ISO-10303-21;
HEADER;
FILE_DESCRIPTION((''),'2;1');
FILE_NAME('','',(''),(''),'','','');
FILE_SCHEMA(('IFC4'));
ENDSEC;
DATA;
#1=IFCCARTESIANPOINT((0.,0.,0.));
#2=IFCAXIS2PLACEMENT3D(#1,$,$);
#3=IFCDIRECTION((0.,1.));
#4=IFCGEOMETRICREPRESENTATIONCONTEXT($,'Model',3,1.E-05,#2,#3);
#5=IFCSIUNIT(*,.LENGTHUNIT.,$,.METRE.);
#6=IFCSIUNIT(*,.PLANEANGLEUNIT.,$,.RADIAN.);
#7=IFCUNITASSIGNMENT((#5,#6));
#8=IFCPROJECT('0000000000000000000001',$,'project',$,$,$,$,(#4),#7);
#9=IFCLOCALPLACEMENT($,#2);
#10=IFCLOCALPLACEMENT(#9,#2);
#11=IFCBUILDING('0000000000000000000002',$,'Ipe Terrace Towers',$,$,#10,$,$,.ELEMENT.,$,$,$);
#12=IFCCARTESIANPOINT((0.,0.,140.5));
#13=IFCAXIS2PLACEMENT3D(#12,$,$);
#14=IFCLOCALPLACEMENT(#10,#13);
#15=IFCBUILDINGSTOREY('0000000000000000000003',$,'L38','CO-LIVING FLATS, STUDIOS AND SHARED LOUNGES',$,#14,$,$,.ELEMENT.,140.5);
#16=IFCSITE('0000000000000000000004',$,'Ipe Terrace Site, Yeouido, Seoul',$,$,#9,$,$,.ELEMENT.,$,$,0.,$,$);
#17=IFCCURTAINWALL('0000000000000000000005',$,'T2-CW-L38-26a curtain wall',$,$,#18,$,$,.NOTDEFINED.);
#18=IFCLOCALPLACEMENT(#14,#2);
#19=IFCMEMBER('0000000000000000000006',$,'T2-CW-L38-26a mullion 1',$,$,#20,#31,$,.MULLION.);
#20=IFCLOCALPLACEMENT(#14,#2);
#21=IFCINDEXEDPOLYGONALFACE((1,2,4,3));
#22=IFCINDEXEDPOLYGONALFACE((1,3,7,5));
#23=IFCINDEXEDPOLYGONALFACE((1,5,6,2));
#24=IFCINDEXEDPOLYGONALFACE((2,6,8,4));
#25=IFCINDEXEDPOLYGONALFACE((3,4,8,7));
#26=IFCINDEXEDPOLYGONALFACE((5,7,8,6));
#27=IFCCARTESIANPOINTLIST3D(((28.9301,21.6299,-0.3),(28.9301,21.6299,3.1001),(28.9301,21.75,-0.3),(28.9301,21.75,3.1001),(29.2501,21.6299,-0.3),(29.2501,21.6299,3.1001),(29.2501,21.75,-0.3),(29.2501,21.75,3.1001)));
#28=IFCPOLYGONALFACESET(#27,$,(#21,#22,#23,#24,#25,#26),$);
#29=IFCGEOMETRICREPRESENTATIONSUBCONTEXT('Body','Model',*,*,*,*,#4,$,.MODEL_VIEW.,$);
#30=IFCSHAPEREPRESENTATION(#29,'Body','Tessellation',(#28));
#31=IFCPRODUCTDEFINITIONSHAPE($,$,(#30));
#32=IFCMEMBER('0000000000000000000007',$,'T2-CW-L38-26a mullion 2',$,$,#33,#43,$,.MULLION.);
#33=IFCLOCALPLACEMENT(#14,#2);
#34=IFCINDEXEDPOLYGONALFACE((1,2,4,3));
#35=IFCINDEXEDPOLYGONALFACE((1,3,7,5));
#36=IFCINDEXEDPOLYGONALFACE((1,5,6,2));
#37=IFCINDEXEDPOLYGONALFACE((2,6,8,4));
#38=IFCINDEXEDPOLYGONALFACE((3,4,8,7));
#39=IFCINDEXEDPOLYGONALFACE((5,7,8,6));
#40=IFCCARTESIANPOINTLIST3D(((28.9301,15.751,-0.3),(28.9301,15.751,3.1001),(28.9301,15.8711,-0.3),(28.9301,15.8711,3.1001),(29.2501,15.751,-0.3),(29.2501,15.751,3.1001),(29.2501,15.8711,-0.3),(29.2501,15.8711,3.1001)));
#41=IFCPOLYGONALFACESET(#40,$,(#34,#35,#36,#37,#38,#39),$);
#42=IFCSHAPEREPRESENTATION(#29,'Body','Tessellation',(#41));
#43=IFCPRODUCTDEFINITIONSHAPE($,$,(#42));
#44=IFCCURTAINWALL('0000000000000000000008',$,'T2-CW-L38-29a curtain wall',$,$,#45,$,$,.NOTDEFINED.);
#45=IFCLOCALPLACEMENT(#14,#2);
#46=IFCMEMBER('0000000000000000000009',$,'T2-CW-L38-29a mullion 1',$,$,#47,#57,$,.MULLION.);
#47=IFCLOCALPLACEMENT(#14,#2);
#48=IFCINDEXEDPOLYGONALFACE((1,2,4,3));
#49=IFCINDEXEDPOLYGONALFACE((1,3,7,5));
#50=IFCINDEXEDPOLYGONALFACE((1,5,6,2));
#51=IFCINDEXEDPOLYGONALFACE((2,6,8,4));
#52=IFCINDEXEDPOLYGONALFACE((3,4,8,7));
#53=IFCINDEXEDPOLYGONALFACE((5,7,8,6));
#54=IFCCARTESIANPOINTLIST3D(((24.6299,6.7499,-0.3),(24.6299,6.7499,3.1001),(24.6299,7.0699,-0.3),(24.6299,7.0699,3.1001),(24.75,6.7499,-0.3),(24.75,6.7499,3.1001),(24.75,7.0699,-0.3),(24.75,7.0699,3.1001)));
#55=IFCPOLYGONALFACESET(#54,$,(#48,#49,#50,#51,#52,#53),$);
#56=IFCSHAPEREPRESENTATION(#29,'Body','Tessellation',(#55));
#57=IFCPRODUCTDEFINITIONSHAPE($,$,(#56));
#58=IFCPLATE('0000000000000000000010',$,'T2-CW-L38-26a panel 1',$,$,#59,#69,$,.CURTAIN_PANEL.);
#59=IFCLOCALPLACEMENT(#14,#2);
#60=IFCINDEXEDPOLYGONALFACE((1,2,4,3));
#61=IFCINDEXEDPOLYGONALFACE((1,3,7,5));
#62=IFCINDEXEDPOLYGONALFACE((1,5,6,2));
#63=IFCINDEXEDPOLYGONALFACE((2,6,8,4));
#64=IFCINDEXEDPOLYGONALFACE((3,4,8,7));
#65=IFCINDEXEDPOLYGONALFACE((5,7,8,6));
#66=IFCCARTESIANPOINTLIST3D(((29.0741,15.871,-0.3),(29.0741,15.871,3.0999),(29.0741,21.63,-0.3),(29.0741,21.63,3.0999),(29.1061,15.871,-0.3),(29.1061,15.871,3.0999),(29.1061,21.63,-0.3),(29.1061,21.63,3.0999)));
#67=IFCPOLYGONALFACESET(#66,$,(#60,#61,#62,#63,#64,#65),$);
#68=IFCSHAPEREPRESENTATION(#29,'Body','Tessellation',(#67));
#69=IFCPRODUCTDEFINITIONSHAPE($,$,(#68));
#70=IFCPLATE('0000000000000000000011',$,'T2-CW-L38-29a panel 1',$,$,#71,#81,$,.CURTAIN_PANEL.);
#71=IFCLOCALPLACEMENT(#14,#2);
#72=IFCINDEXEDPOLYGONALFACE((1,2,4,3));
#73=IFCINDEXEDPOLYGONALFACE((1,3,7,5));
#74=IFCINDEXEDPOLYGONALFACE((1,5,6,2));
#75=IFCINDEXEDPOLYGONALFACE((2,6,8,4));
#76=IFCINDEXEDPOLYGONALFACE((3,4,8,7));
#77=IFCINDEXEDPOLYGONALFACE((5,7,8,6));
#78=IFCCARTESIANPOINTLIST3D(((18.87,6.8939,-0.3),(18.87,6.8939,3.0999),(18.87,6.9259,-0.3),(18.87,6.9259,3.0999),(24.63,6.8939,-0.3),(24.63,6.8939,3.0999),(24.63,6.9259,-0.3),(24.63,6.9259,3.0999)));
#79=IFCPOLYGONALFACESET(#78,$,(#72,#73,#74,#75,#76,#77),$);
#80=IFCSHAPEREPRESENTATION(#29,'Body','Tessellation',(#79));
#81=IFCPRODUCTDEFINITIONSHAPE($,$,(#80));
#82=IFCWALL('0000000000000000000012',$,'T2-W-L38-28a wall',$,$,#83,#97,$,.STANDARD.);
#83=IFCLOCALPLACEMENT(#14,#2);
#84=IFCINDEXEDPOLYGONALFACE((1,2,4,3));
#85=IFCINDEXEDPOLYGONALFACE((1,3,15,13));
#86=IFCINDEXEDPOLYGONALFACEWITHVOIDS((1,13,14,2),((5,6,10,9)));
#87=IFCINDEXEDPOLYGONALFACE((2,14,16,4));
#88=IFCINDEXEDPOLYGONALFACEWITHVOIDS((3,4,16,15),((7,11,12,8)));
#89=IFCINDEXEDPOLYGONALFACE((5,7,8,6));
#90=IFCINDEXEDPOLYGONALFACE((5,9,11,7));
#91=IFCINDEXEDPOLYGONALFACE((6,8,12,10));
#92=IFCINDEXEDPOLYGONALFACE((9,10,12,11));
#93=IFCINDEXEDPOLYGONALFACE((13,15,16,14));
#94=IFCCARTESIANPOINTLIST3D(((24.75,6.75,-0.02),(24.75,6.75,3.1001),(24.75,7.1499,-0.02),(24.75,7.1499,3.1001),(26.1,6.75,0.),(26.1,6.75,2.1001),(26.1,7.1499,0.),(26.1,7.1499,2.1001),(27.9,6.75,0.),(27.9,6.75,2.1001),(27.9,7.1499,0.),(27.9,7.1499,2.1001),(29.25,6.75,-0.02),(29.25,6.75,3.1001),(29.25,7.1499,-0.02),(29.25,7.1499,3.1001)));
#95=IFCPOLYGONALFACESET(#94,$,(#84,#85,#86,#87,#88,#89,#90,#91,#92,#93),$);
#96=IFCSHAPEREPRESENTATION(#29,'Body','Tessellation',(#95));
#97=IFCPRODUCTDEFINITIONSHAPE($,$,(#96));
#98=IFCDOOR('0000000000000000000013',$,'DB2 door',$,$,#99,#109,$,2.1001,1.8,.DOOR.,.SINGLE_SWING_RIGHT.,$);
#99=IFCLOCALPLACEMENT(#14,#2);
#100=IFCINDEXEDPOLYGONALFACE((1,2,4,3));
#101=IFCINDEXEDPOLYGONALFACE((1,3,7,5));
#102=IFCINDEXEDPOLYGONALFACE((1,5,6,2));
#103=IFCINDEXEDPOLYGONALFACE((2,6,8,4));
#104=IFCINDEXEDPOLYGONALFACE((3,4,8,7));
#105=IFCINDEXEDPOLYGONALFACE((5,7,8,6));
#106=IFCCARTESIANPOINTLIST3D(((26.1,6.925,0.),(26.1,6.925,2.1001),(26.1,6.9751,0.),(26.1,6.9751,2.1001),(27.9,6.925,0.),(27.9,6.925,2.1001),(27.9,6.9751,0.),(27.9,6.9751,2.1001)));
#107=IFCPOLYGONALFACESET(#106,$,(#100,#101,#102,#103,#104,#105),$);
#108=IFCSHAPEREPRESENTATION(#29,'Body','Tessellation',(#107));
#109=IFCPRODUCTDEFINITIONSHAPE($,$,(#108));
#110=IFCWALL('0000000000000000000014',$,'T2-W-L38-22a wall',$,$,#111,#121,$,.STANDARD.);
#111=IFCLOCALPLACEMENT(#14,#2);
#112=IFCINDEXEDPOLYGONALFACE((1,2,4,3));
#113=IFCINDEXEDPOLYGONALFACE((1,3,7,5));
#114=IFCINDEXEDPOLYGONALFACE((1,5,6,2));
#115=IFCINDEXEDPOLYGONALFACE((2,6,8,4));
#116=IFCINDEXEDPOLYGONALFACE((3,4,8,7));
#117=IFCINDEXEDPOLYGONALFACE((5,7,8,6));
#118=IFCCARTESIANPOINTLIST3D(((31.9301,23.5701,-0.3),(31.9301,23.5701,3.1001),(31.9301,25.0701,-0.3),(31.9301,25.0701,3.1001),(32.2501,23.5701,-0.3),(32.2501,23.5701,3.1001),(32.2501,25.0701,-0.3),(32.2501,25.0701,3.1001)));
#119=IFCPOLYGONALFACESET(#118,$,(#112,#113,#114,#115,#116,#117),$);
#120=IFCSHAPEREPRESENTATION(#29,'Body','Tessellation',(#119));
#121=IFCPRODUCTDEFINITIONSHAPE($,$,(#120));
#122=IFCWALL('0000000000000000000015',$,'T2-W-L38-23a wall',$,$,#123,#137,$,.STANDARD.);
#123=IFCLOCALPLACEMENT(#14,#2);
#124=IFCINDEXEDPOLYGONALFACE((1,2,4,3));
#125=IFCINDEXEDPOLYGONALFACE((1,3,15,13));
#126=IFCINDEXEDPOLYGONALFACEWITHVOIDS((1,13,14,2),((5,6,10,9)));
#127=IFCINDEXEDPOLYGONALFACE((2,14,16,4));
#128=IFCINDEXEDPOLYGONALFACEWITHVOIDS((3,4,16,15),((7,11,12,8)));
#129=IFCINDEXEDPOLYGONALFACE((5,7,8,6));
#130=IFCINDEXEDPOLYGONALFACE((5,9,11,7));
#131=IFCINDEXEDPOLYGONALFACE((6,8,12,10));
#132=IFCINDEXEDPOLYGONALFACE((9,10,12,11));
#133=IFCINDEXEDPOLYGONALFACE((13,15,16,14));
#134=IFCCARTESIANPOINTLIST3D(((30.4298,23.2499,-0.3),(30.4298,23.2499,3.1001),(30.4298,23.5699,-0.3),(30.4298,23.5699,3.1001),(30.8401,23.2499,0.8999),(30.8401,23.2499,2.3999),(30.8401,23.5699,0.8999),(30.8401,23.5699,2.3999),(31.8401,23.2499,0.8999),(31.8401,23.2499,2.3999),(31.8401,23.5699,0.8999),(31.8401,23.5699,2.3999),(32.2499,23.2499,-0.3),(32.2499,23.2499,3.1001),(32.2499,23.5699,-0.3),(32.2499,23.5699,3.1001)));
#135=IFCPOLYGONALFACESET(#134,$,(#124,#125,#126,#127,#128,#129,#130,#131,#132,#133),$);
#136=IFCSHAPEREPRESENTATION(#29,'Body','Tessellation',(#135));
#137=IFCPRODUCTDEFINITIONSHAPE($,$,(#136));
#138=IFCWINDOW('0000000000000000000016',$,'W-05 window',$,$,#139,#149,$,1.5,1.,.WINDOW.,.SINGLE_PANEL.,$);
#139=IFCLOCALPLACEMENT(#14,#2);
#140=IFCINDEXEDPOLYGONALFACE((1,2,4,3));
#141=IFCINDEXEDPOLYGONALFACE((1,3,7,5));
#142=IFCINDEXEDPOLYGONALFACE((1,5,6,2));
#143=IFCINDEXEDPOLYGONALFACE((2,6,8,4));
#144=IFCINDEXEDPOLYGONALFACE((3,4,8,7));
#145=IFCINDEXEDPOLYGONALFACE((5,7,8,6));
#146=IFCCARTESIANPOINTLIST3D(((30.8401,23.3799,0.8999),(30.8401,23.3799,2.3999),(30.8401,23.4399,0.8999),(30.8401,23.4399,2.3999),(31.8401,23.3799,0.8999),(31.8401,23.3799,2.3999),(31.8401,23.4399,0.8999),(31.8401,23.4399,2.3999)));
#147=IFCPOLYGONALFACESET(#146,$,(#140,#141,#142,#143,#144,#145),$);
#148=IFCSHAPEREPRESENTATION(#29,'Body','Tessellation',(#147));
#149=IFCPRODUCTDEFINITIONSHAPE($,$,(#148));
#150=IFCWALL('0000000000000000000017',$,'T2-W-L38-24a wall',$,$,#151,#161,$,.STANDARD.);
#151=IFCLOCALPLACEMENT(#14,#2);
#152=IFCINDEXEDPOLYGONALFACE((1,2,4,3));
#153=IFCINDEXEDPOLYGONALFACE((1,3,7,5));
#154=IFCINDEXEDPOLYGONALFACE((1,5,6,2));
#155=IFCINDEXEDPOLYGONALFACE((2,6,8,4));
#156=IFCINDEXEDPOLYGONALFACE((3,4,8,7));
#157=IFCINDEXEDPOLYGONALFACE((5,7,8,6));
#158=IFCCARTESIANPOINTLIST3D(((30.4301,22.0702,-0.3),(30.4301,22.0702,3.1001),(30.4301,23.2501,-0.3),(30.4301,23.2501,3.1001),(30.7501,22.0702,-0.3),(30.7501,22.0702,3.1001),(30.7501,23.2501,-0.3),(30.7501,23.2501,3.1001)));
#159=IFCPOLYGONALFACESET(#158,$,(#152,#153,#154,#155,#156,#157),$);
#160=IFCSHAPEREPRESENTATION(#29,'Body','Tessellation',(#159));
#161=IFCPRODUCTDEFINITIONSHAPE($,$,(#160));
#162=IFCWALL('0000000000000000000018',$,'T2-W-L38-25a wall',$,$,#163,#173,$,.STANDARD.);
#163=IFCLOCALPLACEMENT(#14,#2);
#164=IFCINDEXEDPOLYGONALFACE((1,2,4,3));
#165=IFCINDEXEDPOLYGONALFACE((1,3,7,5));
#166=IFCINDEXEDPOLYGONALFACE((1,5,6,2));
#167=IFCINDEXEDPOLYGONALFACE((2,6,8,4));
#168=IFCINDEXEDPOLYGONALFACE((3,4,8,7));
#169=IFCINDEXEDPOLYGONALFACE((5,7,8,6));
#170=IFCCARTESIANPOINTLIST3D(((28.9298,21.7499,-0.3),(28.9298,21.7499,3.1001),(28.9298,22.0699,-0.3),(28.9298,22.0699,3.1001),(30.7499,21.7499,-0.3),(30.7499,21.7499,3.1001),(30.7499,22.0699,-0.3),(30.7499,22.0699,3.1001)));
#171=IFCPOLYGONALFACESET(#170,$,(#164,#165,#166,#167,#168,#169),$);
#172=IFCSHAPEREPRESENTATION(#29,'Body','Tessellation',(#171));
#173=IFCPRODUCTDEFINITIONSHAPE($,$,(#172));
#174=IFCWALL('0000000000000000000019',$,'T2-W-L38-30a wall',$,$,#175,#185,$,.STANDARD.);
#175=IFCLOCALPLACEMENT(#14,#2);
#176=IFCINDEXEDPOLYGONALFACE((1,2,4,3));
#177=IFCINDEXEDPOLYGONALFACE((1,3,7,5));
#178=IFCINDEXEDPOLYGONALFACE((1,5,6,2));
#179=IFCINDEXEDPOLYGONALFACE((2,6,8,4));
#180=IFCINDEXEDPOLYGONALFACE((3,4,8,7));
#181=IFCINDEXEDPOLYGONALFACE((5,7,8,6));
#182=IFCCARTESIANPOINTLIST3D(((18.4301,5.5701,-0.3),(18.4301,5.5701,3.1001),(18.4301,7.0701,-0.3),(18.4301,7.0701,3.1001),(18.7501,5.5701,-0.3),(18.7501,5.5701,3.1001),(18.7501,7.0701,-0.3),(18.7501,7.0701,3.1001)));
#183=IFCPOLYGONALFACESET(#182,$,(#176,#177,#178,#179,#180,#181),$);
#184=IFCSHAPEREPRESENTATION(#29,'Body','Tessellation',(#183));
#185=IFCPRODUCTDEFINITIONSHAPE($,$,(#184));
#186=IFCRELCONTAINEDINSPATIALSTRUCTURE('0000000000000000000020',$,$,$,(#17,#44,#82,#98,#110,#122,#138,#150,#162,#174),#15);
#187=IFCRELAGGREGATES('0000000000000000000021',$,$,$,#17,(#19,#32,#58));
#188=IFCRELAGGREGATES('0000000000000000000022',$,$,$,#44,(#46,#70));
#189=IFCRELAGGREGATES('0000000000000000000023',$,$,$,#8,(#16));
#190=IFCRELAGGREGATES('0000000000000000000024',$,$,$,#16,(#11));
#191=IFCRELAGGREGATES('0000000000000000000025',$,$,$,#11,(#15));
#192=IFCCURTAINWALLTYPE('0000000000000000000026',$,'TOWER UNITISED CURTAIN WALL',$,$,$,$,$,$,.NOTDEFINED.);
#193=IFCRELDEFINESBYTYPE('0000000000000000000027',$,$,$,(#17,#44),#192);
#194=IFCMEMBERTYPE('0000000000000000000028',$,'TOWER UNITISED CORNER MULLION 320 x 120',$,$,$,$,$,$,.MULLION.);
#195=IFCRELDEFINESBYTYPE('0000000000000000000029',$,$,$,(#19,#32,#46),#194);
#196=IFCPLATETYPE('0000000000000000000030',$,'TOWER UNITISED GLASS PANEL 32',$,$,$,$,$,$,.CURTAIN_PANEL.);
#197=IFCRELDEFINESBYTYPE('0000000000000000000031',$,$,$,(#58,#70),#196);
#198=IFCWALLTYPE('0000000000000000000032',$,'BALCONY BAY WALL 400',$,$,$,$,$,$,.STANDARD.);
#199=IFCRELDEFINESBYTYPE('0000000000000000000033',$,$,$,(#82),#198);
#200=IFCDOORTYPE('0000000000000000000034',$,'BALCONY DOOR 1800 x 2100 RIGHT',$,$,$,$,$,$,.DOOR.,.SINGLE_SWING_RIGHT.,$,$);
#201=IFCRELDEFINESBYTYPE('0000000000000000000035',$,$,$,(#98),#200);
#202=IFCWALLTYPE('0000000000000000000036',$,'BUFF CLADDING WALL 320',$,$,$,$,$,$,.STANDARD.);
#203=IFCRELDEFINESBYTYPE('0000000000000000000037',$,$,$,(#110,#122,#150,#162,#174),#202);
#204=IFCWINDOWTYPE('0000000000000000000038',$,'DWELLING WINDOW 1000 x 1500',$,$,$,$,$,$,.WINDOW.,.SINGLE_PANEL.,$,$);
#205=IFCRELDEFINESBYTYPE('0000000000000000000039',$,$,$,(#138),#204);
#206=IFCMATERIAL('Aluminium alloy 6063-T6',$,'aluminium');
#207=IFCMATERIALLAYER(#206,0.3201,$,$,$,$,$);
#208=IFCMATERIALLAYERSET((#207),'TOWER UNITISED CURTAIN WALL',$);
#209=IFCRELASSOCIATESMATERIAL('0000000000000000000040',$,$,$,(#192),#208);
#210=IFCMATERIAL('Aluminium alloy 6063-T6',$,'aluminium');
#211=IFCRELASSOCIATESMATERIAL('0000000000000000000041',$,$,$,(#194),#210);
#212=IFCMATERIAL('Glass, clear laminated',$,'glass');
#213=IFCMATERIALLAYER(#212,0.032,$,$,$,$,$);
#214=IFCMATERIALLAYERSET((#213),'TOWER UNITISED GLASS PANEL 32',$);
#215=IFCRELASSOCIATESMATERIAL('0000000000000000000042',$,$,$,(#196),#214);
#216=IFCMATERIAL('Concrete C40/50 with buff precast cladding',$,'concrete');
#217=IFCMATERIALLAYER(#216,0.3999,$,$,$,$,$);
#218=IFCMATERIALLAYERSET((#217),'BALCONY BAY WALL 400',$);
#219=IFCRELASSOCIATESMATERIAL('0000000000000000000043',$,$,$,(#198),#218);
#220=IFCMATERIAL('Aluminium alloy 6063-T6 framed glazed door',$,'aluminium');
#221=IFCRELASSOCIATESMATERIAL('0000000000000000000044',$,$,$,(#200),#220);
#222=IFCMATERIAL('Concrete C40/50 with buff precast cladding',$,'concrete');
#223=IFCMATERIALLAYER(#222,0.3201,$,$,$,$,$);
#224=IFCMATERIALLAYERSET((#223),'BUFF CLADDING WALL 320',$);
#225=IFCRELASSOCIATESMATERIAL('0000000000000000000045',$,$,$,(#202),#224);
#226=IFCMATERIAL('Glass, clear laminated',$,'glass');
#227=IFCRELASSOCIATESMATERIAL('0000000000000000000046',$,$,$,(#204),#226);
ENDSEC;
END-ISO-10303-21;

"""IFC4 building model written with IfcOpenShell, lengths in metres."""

from ifc_helpers import new_model, si_unit, direction, frame, frame_2d, origin, origin_2d, place, context, subcontext, project, spatial, rectangle, extrude, material, layer, layer_set, material_profile, profile_set, type_object, element, fill, aggregate, save


model = new_model("IFC4")

# Units and contexts
model_context = context("Model", 3, precision=1e-05, world=origin(), true_north=direction((0.0, 1.0)))
body_context = subcontext(model_context, "Body", "Model", "MODEL_VIEW")
ifc_project = project(units=[si_unit("LENGTHUNIT", "METRE"), si_unit("PLANEANGLEUNIT", "RADIAN")], contexts=[model_context])

# Site, building, storey
site_placement = place(None, origin())
site = spatial("IfcSite", under=ifc_project, at=site_placement, Name="Ipe Terrace Site, Yeouido, Seoul", CompositionType="ELEMENT", RefElevation=0.0)
building_placement = place(site_placement, origin())
building = spatial("IfcBuilding", under=site, at=building_placement, Name="Ipe Terrace Towers", CompositionType="ELEMENT")
storey_placement = place(building_placement, frame((0.0, 0.0, 140.5)))
storey = spatial("IfcBuildingStorey", under=building, at=storey_placement, Name="L38", Description="CO-LIVING FLATS, STUDIOS AND SHARED LOUNGES", CompositionType="ELEMENT", Elevation=140.5)

# Shared definitions
ifc_material_1 = material(Name="Aluminium alloy 6063-T6", Category="aluminium")
ifc_layer_1 = layer(ifc_material_1, 0.3201)
ifc_layer_set_1 = layer_set([ifc_layer_1], Name="TOWER UNITISED CURTAIN WALL")
curtain_wall_type = type_object("IfcCurtainWallType", Name="TOWER UNITISED CURTAIN WALL", PredefinedType="NOTDEFINED", material=ifc_layer_set_1)
ifc_material_2 = material(Name="Aluminium alloy 6063-T6", Category="aluminium")
ifc_material_profile_1 = material_profile(ifc_material_2, rectangle(XDim=0.3201, YDim=0.1201, at=origin_2d()), Name="TOWER UNITISED CORNER MULLION 320 x 120")
ifc_profile_set_1 = profile_set([ifc_material_profile_1], Name="Aluminium alloy 6063-T6")
member_type = type_object("IfcMemberType", Name="TOWER UNITISED CORNER MULLION 320 x 120", PredefinedType="MULLION", material=ifc_profile_set_1)

# Curtain wall, members
curtain_wall_1_placement = place(storey_placement, origin())
curtain_wall_1 = element("IfcCurtainWall", 1, at=curtain_wall_1_placement, inside=storey, type_object=curtain_wall_type, Name="T2-CW-L38-26a curtain wall", PredefinedType="NOTDEFINED")
member_1_placement = place(storey_placement, frame((29.0901, 21.6899, -0.3), z_axis=(0.0, 0.0, 1.0), x_axis=(-1.0, 0.0, 0.0)))
member_1 = element("IfcMember", 2, at=member_1_placement, type_object=member_type, Name="T2-CW-L38-26a mullion 1", PredefinedType="MULLION", context=body_context, shape_type="SweptSolid", body=[
    extrude(rectangle(XDim=0.3201, YDim=0.1201, at=origin_2d()), origin(), (0.0, 0.0, 1.0), 3.4001),
])
member_2_placement = place(storey_placement, frame((29.0901, 15.811, -0.3), z_axis=(0.0, 0.0, 1.0), x_axis=(-1.0, 0.0, 0.0)))
member_2 = element("IfcMember", 3, at=member_2_placement, type_object=member_type, Name="T2-CW-L38-26a mullion 2", PredefinedType="MULLION", context=body_context, shape_type="SweptSolid", body=[
    extrude(rectangle(XDim=0.3201, YDim=0.1201, at=origin_2d()), origin(), (0.0, 0.0, 1.0), 3.4001),
])

# Curtain wall, member
curtain_wall_2_placement = place(storey_placement, origin())
curtain_wall_2 = element("IfcCurtainWall", 4, at=curtain_wall_2_placement, inside=storey, type_object=curtain_wall_type, Name="T2-CW-L38-29a curtain wall", PredefinedType="NOTDEFINED")
member_3_placement = place(storey_placement, frame((24.6899, 6.9099, -0.3), z_axis=(0.0, 0.0, 1.0), x_axis=(0.0, 1.0, 0.0)))
member_3 = element("IfcMember", 5, at=member_3_placement, type_object=member_type, Name="T2-CW-L38-29a mullion 1", PredefinedType="MULLION", context=body_context, shape_type="SweptSolid", body=[
    extrude(rectangle(XDim=0.3201, YDim=0.1201, at=origin_2d()), origin(), (0.0, 0.0, 1.0), 3.4001),
])

# Plates
ifc_material_3 = material(Name="Glass, clear laminated", Category="glass")
ifc_layer_2 = layer(ifc_material_3, 0.032)
ifc_layer_set_2 = layer_set([ifc_layer_2], Name="TOWER UNITISED GLASS PANEL 32")
plate_type = type_object("IfcPlateType", Name="TOWER UNITISED GLASS PANEL 32", PredefinedType="CURTAIN_PANEL", material=ifc_layer_set_2)
plate_1_placement = place(storey_placement, frame((29.0901, 18.7505, -0.3), z_axis=(0.0, 0.0, 1.0), x_axis=(0.0, -1.0, 0.0)))
plate_1 = element("IfcPlate", 6, at=plate_1_placement, type_object=plate_type, Name="T2-CW-L38-26a panel 1", PredefinedType="CURTAIN_PANEL", context=body_context, shape_type="SweptSolid", body=[
    extrude(rectangle(XDim=5.759, YDim=0.032, at=origin_2d()), origin(), (0.0, 0.0, 1.0), 3.3999),
])
aggregate(curtain_wall_1, [member_1, member_2, plate_1])
plate_2_placement = place(storey_placement, frame((21.75, 6.9099, -0.3), z_axis=(0.0, 0.0, 1.0), x_axis=(-1.0, 0.0, 0.0)))
plate_2 = element("IfcPlate", 7, at=plate_2_placement, type_object=plate_type, Name="T2-CW-L38-29a panel 1", PredefinedType="CURTAIN_PANEL", context=body_context, shape_type="SweptSolid", body=[
    extrude(rectangle(XDim=5.76, YDim=0.032, at=origin_2d()), origin(), (0.0, 0.0, 1.0), 3.3999),
])
aggregate(curtain_wall_2, [member_3, plate_2])

# Wall, opening, door
ifc_material_4 = material(Name="Concrete C40/50 with buff precast cladding", Category="concrete")
ifc_layer_3 = layer(ifc_material_4, 0.3999)
ifc_layer_set_3 = layer_set([ifc_layer_3], Name="BALCONY BAY WALL 400")
wall_type_1 = type_object("IfcWallType", Name="BALCONY BAY WALL 400", PredefinedType="STANDARD", material=ifc_layer_set_3)
wall_1_placement = place(storey_placement, frame((29.25, 6.95, -0.02), z_axis=(0.0, 0.0, 1.0), x_axis=(-1.0, 0.0, 0.0)))
wall_1 = element("IfcWall", 8, at=wall_1_placement, inside=storey, type_object=wall_type_1, Name="T2-W-L38-28a wall", PredefinedType="STANDARD", context=body_context, shape_type="SweptSolid", body=[
    extrude(rectangle(XDim=4.5, YDim=0.3999, at=frame_2d((2.25, 0.0))), origin(), (0.0, 0.0, 1.0), 3.1201),
])
opening_1_placement = place(wall_1_placement, frame((1.3501, 0.0, 0.02)))
opening_1 = element("IfcOpeningElement", 9, at=opening_1_placement, cuts=wall_1, PredefinedType="OPENING", context=body_context, shape_type="SweptSolid", body=[
    extrude(rectangle(XDim=1.8, YDim=2.1001, at=frame_2d((0.8999, 1.05))), frame((0.0, 0.21, 0.0), z_axis=(0.0, -1.0, 0.0), x_axis=(1.0, 0.0, 0.0)), (0.0, 0.0, 1.0), 0.4199),
])
ifc_material_5 = material(Name="Aluminium alloy 6063-T6 framed glazed door", Category="aluminium")
door_type_1 = type_object("IfcDoorType", Name="BALCONY DOOR 1800 x 2100 RIGHT", OperationType="SINGLE_SWING_RIGHT", PredefinedType="DOOR", material=ifc_material_5)
door_1_placement = place(opening_1_placement, origin())
door_1 = element("IfcDoor", 10, at=door_1_placement, inside=storey, type_object=door_type_1, Name="DB2 door", OperationType="SINGLE_SWING_RIGHT", OverallHeight=2.1001, OverallWidth=1.8, PredefinedType="DOOR", context=body_context, shape_type="SweptSolid", body=[
    extrude(rectangle(XDim=1.8, YDim=2.1001, at=frame_2d((0.8999, 1.05))), frame((0.0, 0.0249, 0.0), z_axis=(0.0, -1.0, 0.0), x_axis=(1.0, 0.0, 0.0)), (0.0, 0.0, 1.0), 0.05),
])
fill(opening_1, door_1)

# Wall
ifc_material_6 = material(Name="Concrete C40/50 with buff precast cladding", Category="concrete")
ifc_layer_4 = layer(ifc_material_6, 0.3201)
ifc_layer_set_4 = layer_set([ifc_layer_4], Name="BUFF CLADDING WALL 320")
wall_type_2 = type_object("IfcWallType", Name="BUFF CLADDING WALL 320", PredefinedType="STANDARD", material=ifc_layer_set_4)
wall_2_placement = place(storey_placement, frame((32.0901, 25.0701, -0.3), z_axis=(0.0, 0.0, 1.0), x_axis=(0.0, -1.0, 0.0)))
element("IfcWall", 11, at=wall_2_placement, inside=storey, type_object=wall_type_2, Name="T2-W-L38-22a wall", PredefinedType="STANDARD", context=body_context, shape_type="SweptSolid", body=[
    extrude(rectangle(XDim=1.5, YDim=0.3201, at=frame_2d((0.75, 0.0))), origin(), (0.0, 0.0, 1.0), 3.4001),
])

# Wall, opening, window
wall_3_placement = place(storey_placement, frame((32.25, 23.4099, -0.3), z_axis=(0.0, 0.0, 1.0), x_axis=(-1.0, 0.0, 0.0)))
wall_3 = element("IfcWall", 12, at=wall_3_placement, inside=storey, type_object=wall_type_2, Name="T2-W-L38-23a wall", PredefinedType="STANDARD", context=body_context, shape_type="SweptSolid", body=[
    extrude(rectangle(XDim=1.8201, YDim=0.3201, at=frame_2d((0.9102, 0.0))), origin(), (0.0, 0.0, 1.0), 3.4001),
])
opening_2_placement = place(wall_3_placement, frame((0.4099, 0.0, 1.2)))
opening_2 = element("IfcOpeningElement", 13, at=opening_2_placement, cuts=wall_3, PredefinedType="OPENING", context=body_context, shape_type="SweptSolid", body=[
    extrude(rectangle(XDim=1.0, YDim=1.5, at=frame_2d((0.5, 0.75))), frame((0.0, 0.1699, 0.0), z_axis=(0.0, -1.0, 0.0), x_axis=(1.0, 0.0, 0.0)), (0.0, 0.0, 1.0), 0.3401),
])
ifc_material_7 = material(Name="Glass, clear laminated", Category="glass")
window_type = type_object("IfcWindowType", Name="DWELLING WINDOW 1000 x 1500", PartitioningType="SINGLE_PANEL", PredefinedType="WINDOW", material=ifc_material_7)
window_placement = place(opening_2_placement, origin())
window = element("IfcWindow", 14, at=window_placement, inside=storey, type_object=window_type, Name="W-05 window", OverallHeight=1.5, OverallWidth=1.0, PartitioningType="SINGLE_PANEL", PredefinedType="WINDOW", context=body_context, shape_type="SweptSolid", body=[
    extrude(rectangle(XDim=1.0, YDim=1.5, at=frame_2d((0.5, 0.75))), frame((0.0, 0.03, 0.0), z_axis=(0.0, -1.0, 0.0), x_axis=(1.0, 0.0, 0.0)), (0.0, 0.0, 1.0), 0.0601),
])
fill(opening_2, window)

# Walls
wall_4_placement = place(storey_placement, frame((30.5901, 23.25, -0.3), z_axis=(0.0, 0.0, 1.0), x_axis=(0.0, -1.0, 0.0)))
element("IfcWall", 15, at=wall_4_placement, inside=storey, type_object=wall_type_2, Name="T2-W-L38-24a wall", PredefinedType="STANDARD", context=body_context, shape_type="SweptSolid", body=[
    extrude(rectangle(XDim=1.1799, YDim=0.3201, at=frame_2d((0.5898, 0.0))), origin(), (0.0, 0.0, 1.0), 3.4001),
])
wall_5_placement = place(storey_placement, frame((30.75, 21.9099, -0.3), z_axis=(0.0, 0.0, 1.0), x_axis=(-1.0, 0.0, 0.0)))
element("IfcWall", 16, at=wall_5_placement, inside=storey, type_object=wall_type_2, Name="T2-W-L38-25a wall", PredefinedType="STANDARD", context=body_context, shape_type="SweptSolid", body=[
    extrude(rectangle(XDim=1.8201, YDim=0.3201, at=frame_2d((0.9102, 0.0))), origin(), (0.0, 0.0, 1.0), 3.4001),
])
wall_6_placement = place(storey_placement, frame((18.5901, 7.0701, -0.3), z_axis=(0.0, 0.0, 1.0), x_axis=(0.0, -1.0, 0.0)))
element("IfcWall", 17, at=wall_6_placement, inside=storey, type_object=wall_type_2, Name="T2-W-L38-30a wall", PredefinedType="STANDARD", context=body_context, shape_type="SweptSolid", body=[
    extrude(rectangle(XDim=1.5, YDim=0.3201, at=frame_2d((0.75, 0.0))), origin(), (0.0, 0.0, 1.0), 3.4001),
])

save(model, "model.ifc")
